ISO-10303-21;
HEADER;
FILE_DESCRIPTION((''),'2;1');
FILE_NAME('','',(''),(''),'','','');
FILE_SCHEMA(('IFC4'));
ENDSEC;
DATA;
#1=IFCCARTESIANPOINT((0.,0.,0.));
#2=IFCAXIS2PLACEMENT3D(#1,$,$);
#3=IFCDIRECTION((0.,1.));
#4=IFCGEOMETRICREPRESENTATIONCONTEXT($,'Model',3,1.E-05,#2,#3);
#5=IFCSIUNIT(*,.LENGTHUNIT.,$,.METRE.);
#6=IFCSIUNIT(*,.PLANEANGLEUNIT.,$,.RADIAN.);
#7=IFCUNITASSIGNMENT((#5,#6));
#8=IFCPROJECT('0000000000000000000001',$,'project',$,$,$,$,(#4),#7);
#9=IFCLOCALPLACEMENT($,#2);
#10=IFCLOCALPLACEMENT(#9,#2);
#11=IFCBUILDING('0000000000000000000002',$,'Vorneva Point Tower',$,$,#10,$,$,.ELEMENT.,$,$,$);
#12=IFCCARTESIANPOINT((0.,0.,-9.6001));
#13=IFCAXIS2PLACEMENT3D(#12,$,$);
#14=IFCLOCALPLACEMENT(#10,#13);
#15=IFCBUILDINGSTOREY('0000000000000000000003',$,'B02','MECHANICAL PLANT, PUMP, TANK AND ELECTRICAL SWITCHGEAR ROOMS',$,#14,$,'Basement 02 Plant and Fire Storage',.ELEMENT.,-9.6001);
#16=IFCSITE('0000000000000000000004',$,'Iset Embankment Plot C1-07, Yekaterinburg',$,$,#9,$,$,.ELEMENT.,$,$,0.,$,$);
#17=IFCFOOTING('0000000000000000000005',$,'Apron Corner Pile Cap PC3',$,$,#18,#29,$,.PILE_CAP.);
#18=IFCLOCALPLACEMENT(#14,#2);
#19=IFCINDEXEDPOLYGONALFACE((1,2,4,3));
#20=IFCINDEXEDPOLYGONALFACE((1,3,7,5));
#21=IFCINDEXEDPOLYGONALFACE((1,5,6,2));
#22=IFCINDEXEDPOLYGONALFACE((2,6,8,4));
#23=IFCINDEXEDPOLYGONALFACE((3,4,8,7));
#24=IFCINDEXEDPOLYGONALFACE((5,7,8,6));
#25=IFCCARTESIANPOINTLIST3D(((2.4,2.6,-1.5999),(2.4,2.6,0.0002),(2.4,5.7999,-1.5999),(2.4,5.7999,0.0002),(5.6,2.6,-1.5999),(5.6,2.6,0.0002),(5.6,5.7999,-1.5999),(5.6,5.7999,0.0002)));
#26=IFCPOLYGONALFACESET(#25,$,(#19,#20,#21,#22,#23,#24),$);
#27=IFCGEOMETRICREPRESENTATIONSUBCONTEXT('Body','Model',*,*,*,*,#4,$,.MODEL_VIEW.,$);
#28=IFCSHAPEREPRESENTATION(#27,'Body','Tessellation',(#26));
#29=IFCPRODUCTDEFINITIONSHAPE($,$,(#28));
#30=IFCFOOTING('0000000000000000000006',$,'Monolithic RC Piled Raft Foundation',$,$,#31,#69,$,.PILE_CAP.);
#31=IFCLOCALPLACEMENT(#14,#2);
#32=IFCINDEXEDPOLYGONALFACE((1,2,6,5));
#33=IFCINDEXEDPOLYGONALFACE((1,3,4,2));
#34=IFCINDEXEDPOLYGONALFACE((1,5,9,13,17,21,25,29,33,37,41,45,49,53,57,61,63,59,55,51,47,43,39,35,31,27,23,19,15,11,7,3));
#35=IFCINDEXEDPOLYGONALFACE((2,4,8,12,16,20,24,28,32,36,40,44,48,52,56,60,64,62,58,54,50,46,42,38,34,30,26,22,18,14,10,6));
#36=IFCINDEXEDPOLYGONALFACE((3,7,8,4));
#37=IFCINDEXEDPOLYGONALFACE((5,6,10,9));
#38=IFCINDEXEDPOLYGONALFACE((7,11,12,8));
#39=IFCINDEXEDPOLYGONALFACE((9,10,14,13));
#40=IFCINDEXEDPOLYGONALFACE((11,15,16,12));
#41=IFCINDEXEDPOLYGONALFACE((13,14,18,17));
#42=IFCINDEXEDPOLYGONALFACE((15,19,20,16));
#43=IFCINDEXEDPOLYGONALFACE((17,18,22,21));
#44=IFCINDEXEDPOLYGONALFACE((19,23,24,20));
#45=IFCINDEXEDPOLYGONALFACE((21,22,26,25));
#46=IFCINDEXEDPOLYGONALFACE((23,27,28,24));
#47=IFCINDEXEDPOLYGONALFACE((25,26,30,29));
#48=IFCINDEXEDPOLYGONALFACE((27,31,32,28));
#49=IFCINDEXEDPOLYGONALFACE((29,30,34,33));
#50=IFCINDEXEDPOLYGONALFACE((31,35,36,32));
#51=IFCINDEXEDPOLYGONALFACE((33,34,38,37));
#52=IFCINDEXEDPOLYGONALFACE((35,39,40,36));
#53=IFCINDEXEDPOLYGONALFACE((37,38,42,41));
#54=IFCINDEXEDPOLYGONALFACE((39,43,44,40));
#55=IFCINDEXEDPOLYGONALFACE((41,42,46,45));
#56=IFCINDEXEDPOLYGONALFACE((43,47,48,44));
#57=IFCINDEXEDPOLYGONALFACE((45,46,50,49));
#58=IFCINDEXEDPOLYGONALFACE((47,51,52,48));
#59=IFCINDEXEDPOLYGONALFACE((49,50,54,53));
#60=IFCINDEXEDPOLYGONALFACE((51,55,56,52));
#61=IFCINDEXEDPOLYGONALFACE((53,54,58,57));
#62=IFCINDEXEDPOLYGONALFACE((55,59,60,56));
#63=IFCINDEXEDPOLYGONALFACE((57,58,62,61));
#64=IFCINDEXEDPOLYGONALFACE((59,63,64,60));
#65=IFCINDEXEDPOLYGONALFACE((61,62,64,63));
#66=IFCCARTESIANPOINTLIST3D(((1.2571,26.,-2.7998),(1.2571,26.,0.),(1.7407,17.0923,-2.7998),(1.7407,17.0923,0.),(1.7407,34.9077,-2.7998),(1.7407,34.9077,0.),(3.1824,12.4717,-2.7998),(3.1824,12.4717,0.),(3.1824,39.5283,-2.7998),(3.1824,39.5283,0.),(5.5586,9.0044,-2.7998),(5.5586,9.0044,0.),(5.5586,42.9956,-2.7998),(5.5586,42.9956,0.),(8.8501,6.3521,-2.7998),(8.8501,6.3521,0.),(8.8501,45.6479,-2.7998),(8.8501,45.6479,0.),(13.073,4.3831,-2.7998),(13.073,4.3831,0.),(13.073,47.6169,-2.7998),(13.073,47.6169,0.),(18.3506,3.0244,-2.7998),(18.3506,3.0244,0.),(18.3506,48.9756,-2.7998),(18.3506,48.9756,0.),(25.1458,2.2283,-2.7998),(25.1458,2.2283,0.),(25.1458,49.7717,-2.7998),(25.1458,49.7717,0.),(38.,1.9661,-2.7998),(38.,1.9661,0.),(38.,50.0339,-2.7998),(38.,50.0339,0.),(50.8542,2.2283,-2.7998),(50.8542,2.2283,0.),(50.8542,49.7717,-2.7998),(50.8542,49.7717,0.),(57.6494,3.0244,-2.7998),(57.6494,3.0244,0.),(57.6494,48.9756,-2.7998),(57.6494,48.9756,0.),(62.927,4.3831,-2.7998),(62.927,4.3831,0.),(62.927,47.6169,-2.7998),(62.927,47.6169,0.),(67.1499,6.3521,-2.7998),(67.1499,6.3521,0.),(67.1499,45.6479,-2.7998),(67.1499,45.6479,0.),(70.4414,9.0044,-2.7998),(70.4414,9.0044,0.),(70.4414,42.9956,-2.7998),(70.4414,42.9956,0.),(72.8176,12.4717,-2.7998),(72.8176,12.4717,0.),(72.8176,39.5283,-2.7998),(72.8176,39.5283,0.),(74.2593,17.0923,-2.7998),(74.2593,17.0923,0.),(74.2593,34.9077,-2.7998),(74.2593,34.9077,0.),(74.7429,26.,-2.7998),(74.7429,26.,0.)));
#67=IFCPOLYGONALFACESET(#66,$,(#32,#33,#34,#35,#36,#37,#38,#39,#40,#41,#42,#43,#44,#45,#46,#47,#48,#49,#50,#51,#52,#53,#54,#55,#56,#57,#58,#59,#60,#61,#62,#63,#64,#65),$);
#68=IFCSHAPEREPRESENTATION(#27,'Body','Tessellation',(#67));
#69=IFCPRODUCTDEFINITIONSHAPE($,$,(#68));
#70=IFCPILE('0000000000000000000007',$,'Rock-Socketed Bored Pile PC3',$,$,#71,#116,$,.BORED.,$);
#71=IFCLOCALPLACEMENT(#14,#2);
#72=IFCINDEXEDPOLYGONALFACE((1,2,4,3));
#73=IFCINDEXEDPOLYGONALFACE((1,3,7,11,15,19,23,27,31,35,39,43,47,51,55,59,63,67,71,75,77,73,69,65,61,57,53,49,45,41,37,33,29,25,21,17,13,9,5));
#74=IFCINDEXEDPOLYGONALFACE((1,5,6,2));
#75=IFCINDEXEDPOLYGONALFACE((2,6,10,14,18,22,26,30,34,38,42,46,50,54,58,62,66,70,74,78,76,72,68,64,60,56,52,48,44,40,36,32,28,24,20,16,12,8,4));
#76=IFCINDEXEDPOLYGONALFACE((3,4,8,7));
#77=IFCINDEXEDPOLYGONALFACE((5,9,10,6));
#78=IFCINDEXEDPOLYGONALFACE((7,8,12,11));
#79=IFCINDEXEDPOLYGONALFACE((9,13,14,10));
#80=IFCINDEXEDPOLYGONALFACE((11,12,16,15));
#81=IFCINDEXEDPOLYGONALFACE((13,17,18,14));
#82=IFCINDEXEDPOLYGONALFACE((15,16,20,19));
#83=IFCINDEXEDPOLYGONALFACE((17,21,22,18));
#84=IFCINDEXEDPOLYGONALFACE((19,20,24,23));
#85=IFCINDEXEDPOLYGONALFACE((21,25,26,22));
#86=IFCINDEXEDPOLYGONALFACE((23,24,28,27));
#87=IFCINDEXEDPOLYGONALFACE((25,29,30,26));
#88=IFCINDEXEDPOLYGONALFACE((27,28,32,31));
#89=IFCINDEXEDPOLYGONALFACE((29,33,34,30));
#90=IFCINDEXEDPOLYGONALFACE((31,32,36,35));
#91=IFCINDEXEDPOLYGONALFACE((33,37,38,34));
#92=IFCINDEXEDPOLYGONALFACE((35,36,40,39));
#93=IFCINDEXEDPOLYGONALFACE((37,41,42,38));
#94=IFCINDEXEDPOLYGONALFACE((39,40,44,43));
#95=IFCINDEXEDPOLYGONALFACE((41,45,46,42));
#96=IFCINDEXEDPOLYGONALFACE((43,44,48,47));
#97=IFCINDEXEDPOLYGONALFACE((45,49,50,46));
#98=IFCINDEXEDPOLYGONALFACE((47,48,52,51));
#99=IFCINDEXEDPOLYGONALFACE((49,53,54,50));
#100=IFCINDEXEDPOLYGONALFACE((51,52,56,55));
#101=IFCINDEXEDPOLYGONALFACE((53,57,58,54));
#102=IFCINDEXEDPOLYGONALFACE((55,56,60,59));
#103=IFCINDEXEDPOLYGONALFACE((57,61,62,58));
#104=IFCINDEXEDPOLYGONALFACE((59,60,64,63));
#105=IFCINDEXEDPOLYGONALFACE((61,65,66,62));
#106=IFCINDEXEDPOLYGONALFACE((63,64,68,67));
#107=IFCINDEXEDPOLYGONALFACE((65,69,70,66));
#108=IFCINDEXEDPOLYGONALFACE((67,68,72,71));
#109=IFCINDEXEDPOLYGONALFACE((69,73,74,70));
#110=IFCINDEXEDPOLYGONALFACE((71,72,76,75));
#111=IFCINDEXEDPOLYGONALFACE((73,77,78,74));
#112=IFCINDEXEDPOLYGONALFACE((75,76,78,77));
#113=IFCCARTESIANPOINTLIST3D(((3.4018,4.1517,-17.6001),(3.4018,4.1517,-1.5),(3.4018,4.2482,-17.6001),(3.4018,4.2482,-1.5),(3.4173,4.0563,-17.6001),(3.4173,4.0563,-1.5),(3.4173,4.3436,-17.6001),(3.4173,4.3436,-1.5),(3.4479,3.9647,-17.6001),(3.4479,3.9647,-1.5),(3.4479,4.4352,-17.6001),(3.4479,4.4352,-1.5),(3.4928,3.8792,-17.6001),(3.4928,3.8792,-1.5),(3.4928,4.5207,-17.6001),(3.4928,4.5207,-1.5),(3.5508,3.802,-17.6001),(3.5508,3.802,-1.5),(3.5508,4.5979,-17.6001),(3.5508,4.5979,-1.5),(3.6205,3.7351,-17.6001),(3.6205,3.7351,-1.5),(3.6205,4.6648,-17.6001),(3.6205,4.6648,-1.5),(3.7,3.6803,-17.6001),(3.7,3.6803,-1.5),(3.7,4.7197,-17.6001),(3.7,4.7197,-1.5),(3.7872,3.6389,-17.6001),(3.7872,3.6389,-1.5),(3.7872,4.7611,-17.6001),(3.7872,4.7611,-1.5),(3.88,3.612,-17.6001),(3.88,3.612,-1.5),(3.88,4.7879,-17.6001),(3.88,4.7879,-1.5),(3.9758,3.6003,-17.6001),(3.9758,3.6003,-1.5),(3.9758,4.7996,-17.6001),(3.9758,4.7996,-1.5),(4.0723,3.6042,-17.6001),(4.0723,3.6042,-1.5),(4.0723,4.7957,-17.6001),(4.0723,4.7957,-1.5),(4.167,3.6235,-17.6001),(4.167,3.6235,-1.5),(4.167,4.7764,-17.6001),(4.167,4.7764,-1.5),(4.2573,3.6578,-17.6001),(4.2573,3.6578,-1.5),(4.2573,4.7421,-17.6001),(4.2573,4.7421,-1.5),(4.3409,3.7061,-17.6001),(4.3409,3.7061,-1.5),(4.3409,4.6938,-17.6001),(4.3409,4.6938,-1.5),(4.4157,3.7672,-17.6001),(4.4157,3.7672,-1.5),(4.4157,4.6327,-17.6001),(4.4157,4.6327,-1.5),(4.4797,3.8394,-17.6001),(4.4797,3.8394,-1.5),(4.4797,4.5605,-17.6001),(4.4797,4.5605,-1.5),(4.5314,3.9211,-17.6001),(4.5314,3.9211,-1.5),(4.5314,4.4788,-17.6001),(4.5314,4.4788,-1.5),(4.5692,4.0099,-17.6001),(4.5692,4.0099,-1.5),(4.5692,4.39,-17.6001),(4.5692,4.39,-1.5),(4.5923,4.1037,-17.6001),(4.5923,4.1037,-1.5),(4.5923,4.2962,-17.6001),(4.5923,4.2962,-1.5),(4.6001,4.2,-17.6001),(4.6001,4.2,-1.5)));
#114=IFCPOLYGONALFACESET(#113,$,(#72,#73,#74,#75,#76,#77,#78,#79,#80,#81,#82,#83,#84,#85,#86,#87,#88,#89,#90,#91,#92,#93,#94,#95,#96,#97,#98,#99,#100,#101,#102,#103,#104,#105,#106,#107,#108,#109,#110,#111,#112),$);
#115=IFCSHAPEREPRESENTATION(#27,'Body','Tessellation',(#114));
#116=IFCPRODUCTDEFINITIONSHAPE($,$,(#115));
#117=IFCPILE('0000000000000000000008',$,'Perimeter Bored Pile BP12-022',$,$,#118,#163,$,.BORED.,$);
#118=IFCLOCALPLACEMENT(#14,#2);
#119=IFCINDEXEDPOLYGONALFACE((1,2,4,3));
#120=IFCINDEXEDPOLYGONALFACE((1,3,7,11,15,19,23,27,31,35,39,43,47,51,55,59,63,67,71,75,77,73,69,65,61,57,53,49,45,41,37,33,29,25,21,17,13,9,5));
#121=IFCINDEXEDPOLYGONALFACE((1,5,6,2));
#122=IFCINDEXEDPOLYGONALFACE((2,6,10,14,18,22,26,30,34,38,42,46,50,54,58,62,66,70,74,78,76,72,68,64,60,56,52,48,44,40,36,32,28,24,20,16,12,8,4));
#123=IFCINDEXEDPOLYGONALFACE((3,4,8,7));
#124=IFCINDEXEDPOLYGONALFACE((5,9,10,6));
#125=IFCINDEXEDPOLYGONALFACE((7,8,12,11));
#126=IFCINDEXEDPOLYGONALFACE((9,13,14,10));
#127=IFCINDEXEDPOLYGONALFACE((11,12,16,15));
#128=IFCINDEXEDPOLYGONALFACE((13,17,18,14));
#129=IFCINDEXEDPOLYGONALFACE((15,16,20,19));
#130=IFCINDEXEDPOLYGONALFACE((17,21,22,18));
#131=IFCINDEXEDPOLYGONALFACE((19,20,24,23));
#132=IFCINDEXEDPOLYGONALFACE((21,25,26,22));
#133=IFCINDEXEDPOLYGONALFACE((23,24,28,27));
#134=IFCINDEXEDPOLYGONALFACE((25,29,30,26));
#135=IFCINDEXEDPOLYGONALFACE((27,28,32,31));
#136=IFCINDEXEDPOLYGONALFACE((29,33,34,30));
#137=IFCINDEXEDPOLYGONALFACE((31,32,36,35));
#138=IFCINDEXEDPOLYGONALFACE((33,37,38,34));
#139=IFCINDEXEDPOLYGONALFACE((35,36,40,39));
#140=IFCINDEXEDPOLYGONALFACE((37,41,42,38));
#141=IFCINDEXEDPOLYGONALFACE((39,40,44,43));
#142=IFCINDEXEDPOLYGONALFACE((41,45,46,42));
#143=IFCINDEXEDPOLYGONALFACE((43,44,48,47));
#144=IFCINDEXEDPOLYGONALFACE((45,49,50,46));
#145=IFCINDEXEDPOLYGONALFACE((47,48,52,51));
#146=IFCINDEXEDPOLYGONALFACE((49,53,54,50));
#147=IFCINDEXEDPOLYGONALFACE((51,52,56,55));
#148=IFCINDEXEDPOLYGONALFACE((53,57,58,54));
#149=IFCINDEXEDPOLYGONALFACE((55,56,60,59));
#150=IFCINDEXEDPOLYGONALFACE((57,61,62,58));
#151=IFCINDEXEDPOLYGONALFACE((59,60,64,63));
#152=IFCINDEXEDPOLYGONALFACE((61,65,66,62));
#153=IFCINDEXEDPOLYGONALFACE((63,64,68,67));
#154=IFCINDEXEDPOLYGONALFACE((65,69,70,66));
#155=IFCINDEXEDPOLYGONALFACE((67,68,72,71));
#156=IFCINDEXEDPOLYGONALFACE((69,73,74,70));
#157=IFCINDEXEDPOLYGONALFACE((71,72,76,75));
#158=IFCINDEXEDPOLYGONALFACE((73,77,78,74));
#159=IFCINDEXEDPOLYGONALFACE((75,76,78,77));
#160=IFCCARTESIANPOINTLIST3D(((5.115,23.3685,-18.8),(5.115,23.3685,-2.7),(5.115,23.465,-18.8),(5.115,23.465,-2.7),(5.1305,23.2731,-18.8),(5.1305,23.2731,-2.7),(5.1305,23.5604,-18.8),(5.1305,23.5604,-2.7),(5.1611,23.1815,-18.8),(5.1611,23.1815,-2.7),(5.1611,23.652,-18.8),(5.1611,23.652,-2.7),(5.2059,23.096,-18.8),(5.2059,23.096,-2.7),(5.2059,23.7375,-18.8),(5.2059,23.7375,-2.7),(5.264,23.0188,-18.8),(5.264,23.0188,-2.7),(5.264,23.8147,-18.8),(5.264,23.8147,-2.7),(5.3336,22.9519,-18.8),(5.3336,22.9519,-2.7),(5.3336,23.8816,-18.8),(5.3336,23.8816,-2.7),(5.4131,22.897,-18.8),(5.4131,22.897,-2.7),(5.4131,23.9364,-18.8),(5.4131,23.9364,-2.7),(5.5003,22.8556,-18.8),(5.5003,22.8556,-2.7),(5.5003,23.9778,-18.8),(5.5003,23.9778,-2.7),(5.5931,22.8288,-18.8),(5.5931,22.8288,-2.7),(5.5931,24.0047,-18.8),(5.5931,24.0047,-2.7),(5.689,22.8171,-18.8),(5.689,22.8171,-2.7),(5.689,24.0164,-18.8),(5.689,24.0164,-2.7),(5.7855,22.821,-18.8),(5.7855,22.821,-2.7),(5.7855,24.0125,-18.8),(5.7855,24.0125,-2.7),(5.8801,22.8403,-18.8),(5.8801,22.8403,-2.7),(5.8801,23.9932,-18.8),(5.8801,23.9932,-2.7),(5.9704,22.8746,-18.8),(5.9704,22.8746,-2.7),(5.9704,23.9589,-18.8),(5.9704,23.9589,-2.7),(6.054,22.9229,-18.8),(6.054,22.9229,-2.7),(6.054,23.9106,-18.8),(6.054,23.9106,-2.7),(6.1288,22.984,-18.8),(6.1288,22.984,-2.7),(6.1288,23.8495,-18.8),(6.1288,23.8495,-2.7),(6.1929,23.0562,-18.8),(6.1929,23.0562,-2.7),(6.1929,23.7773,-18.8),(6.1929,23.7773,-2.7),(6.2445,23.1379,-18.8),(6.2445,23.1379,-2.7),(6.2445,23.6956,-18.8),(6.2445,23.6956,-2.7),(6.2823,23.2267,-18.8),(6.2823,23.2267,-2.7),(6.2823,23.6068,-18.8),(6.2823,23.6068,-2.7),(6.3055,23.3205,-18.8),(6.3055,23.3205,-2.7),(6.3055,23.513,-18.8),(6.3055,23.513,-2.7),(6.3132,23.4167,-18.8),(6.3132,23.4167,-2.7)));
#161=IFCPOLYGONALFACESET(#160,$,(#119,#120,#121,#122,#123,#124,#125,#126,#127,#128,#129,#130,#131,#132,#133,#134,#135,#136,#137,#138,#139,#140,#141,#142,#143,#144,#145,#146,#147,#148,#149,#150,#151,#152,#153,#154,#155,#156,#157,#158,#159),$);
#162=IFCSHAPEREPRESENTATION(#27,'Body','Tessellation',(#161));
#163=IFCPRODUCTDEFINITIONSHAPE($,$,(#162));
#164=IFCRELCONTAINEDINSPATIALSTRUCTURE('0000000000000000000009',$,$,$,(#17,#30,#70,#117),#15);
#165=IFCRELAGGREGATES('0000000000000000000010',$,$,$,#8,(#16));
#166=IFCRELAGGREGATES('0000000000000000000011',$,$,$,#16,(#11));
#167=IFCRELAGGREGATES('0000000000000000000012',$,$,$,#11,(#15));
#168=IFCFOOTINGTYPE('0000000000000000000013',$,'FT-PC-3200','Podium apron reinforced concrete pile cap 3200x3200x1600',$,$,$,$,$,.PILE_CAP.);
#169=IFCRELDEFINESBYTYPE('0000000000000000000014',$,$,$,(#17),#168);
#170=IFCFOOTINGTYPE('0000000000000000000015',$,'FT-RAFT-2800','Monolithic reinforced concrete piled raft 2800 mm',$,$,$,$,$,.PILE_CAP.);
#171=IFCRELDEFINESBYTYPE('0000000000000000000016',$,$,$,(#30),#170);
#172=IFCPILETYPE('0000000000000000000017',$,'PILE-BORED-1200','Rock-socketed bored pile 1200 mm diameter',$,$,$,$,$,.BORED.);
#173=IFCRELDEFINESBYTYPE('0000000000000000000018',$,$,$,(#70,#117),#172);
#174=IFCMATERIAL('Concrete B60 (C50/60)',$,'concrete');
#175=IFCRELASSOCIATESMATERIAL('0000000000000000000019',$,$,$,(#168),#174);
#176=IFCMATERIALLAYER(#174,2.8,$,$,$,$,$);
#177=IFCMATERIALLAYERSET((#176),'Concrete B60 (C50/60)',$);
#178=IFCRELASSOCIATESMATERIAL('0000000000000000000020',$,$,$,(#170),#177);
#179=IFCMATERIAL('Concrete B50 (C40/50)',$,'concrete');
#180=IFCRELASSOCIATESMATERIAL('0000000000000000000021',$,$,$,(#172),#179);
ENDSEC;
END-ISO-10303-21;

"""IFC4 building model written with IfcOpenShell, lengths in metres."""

from ifc_helpers import new_model, si_unit, direction, frame, origin, origin_2d, place, context, subcontext, project, spatial, polyline, rectangle, circle, outline, extrude, material, layer, layer_set, material_profile, profile_set, type_object, element, save


model = new_model("IFC4")

# Units and contexts
model_context = context("Model", 3, precision=1e-05, world=origin(), true_north=direction((0.0, 1.0)))
body_context = subcontext(model_context, "Body", "Model", "MODEL_VIEW")
ifc_project = project(units=[si_unit("LENGTHUNIT", "METRE"), si_unit("PLANEANGLEUNIT", "RADIAN")], contexts=[model_context])

# Site, building, storey
site_placement = place(None, origin())
site = spatial("IfcSite", under=ifc_project, at=site_placement, Name="Iset Embankment Plot C1-07, Yekaterinburg", CompositionType="ELEMENT", RefElevation=0.0)
building_placement = place(site_placement, origin())
building = spatial("IfcBuilding", under=site, at=building_placement, Name="Vorneva Point Tower", CompositionType="ELEMENT")
storey_placement = place(building_placement, frame((0.0, 0.0, -9.6001)))
storey = spatial("IfcBuildingStorey", under=building, at=storey_placement, Name="B02", Description="MECHANICAL PLANT, PUMP, TANK AND ELECTRICAL SWITCHGEAR ROOMS", LongName="Basement 02 Plant and Fire Storage", CompositionType="ELEMENT", Elevation=-9.6001)

# Footings
ifc_material_1 = material(Name="Concrete B60 (C50/60)", Category="concrete")
footing_type_1 = type_object("IfcFootingType", Name="FT-PC-3200", Description="Podium apron reinforced concrete pile cap 3200x3200x1600", PredefinedType="PILE_CAP", material=ifc_material_1)
footing_1_placement = place(storey_placement, frame((4.0, 4.2, -1.5999), z_axis=(0.0, 0.0, 1.0), x_axis=(1.0, 0.0, 0.0)))
element("IfcFooting", 1, at=footing_1_placement, inside=storey, type_object=footing_type_1, Name="Apron Corner Pile Cap PC3", PredefinedType="PILE_CAP", context=body_context, shape_type="SweptSolid", body=[
    extrude(rectangle(XDim=3.2, YDim=3.2, at=origin_2d()), origin(), (0.0, 0.0, 1.0), 1.6001),
])
ifc_layer_1 = layer(ifc_material_1, 2.8)
ifc_layer_set_1 = layer_set([ifc_layer_1], Name="Concrete B60 (C50/60)")
footing_type_2 = type_object("IfcFootingType", Name="FT-RAFT-2800", Description="Monolithic reinforced concrete piled raft 2800 mm", PredefinedType="PILE_CAP", material=ifc_layer_set_1)
footing_2_placement = place(storey_placement, frame((0.0, 0.0, -2.7998)))
element("IfcFooting", 2, at=footing_2_placement, inside=storey, type_object=footing_type_2, Name="Monolithic RC Piled Raft Foundation", PredefinedType="PILE_CAP", context=body_context, shape_type="SweptSolid", body=[
    extrude(outline(polyline([(74.7429, 26.0), (74.2593, 34.9077), (72.8176, 39.5283), (70.4414, 42.9956), (67.1499, 45.6479), (62.927, 47.6169), (57.6494, 48.9756), (50.8542, 49.7717), (38.0, 50.0339), (25.1458, 49.7717), (18.3506, 48.9756), (13.073, 47.6169), (8.8501, 45.6479), (5.5586, 42.9956), (3.1824, 39.5283), (1.7407, 34.9077), (1.2571, 26.0), (1.7407, 17.0923), (3.1824, 12.4717), (5.5586, 9.0044), (8.8501, 6.3521), (13.073, 4.3831), (18.3506, 3.0244), (25.1458, 2.2283), (38.0, 1.9661), (50.8542, 2.2283), (57.6494, 3.0244), (62.927, 4.3831), (67.1499, 6.3521), (70.4414, 9.0044), (72.8176, 12.4717), (74.2593, 17.0923), (74.7429, 26.0)])), origin(), (0.0, 0.0, 1.0), 2.7998),
])

# Piles
ifc_material_2 = material(Name="Concrete B50 (C40/50)", Category="concrete")
ifc_material_profile_1 = material_profile(ifc_material_2, circle(Radius=0.6001, at=origin_2d()), Name="PILE-1200")
ifc_profile_set_1 = profile_set([ifc_material_profile_1], Name="Concrete B50 (C40/50)")
pile_type = type_object("IfcPileType", Name="PILE-BORED-1200", Description="Rock-socketed bored pile 1200 mm diameter", PredefinedType="BORED", material=ifc_profile_set_1)
for number, where, z_axis, x_axis, name in (
    (3, (4.0, 4.2, -1.5), (0.0, 0.0, -1.0), (1.0, 0.0, 0.0), "Rock-Socketed Bored Pile PC3"),
    (4, (5.7131, 23.4167, -2.7), (0.0, 0.0, -1.0), (1.0, 0.0, 0.0), "Perimeter Bored Pile BP12-022"),
):
    element("IfcPile", number, at=place(storey_placement, frame(where, z_axis=z_axis, x_axis=x_axis)), inside=storey, type_object=pile_type, Name=name, PredefinedType="BORED", context=body_context, shape_type="SweptSolid", body=[
        extrude(circle(Radius=0.6001, at=origin_2d()), origin(), (0.0, 0.0, 1.0), 16.1001),
    ])

save(model, "model.ifc")
